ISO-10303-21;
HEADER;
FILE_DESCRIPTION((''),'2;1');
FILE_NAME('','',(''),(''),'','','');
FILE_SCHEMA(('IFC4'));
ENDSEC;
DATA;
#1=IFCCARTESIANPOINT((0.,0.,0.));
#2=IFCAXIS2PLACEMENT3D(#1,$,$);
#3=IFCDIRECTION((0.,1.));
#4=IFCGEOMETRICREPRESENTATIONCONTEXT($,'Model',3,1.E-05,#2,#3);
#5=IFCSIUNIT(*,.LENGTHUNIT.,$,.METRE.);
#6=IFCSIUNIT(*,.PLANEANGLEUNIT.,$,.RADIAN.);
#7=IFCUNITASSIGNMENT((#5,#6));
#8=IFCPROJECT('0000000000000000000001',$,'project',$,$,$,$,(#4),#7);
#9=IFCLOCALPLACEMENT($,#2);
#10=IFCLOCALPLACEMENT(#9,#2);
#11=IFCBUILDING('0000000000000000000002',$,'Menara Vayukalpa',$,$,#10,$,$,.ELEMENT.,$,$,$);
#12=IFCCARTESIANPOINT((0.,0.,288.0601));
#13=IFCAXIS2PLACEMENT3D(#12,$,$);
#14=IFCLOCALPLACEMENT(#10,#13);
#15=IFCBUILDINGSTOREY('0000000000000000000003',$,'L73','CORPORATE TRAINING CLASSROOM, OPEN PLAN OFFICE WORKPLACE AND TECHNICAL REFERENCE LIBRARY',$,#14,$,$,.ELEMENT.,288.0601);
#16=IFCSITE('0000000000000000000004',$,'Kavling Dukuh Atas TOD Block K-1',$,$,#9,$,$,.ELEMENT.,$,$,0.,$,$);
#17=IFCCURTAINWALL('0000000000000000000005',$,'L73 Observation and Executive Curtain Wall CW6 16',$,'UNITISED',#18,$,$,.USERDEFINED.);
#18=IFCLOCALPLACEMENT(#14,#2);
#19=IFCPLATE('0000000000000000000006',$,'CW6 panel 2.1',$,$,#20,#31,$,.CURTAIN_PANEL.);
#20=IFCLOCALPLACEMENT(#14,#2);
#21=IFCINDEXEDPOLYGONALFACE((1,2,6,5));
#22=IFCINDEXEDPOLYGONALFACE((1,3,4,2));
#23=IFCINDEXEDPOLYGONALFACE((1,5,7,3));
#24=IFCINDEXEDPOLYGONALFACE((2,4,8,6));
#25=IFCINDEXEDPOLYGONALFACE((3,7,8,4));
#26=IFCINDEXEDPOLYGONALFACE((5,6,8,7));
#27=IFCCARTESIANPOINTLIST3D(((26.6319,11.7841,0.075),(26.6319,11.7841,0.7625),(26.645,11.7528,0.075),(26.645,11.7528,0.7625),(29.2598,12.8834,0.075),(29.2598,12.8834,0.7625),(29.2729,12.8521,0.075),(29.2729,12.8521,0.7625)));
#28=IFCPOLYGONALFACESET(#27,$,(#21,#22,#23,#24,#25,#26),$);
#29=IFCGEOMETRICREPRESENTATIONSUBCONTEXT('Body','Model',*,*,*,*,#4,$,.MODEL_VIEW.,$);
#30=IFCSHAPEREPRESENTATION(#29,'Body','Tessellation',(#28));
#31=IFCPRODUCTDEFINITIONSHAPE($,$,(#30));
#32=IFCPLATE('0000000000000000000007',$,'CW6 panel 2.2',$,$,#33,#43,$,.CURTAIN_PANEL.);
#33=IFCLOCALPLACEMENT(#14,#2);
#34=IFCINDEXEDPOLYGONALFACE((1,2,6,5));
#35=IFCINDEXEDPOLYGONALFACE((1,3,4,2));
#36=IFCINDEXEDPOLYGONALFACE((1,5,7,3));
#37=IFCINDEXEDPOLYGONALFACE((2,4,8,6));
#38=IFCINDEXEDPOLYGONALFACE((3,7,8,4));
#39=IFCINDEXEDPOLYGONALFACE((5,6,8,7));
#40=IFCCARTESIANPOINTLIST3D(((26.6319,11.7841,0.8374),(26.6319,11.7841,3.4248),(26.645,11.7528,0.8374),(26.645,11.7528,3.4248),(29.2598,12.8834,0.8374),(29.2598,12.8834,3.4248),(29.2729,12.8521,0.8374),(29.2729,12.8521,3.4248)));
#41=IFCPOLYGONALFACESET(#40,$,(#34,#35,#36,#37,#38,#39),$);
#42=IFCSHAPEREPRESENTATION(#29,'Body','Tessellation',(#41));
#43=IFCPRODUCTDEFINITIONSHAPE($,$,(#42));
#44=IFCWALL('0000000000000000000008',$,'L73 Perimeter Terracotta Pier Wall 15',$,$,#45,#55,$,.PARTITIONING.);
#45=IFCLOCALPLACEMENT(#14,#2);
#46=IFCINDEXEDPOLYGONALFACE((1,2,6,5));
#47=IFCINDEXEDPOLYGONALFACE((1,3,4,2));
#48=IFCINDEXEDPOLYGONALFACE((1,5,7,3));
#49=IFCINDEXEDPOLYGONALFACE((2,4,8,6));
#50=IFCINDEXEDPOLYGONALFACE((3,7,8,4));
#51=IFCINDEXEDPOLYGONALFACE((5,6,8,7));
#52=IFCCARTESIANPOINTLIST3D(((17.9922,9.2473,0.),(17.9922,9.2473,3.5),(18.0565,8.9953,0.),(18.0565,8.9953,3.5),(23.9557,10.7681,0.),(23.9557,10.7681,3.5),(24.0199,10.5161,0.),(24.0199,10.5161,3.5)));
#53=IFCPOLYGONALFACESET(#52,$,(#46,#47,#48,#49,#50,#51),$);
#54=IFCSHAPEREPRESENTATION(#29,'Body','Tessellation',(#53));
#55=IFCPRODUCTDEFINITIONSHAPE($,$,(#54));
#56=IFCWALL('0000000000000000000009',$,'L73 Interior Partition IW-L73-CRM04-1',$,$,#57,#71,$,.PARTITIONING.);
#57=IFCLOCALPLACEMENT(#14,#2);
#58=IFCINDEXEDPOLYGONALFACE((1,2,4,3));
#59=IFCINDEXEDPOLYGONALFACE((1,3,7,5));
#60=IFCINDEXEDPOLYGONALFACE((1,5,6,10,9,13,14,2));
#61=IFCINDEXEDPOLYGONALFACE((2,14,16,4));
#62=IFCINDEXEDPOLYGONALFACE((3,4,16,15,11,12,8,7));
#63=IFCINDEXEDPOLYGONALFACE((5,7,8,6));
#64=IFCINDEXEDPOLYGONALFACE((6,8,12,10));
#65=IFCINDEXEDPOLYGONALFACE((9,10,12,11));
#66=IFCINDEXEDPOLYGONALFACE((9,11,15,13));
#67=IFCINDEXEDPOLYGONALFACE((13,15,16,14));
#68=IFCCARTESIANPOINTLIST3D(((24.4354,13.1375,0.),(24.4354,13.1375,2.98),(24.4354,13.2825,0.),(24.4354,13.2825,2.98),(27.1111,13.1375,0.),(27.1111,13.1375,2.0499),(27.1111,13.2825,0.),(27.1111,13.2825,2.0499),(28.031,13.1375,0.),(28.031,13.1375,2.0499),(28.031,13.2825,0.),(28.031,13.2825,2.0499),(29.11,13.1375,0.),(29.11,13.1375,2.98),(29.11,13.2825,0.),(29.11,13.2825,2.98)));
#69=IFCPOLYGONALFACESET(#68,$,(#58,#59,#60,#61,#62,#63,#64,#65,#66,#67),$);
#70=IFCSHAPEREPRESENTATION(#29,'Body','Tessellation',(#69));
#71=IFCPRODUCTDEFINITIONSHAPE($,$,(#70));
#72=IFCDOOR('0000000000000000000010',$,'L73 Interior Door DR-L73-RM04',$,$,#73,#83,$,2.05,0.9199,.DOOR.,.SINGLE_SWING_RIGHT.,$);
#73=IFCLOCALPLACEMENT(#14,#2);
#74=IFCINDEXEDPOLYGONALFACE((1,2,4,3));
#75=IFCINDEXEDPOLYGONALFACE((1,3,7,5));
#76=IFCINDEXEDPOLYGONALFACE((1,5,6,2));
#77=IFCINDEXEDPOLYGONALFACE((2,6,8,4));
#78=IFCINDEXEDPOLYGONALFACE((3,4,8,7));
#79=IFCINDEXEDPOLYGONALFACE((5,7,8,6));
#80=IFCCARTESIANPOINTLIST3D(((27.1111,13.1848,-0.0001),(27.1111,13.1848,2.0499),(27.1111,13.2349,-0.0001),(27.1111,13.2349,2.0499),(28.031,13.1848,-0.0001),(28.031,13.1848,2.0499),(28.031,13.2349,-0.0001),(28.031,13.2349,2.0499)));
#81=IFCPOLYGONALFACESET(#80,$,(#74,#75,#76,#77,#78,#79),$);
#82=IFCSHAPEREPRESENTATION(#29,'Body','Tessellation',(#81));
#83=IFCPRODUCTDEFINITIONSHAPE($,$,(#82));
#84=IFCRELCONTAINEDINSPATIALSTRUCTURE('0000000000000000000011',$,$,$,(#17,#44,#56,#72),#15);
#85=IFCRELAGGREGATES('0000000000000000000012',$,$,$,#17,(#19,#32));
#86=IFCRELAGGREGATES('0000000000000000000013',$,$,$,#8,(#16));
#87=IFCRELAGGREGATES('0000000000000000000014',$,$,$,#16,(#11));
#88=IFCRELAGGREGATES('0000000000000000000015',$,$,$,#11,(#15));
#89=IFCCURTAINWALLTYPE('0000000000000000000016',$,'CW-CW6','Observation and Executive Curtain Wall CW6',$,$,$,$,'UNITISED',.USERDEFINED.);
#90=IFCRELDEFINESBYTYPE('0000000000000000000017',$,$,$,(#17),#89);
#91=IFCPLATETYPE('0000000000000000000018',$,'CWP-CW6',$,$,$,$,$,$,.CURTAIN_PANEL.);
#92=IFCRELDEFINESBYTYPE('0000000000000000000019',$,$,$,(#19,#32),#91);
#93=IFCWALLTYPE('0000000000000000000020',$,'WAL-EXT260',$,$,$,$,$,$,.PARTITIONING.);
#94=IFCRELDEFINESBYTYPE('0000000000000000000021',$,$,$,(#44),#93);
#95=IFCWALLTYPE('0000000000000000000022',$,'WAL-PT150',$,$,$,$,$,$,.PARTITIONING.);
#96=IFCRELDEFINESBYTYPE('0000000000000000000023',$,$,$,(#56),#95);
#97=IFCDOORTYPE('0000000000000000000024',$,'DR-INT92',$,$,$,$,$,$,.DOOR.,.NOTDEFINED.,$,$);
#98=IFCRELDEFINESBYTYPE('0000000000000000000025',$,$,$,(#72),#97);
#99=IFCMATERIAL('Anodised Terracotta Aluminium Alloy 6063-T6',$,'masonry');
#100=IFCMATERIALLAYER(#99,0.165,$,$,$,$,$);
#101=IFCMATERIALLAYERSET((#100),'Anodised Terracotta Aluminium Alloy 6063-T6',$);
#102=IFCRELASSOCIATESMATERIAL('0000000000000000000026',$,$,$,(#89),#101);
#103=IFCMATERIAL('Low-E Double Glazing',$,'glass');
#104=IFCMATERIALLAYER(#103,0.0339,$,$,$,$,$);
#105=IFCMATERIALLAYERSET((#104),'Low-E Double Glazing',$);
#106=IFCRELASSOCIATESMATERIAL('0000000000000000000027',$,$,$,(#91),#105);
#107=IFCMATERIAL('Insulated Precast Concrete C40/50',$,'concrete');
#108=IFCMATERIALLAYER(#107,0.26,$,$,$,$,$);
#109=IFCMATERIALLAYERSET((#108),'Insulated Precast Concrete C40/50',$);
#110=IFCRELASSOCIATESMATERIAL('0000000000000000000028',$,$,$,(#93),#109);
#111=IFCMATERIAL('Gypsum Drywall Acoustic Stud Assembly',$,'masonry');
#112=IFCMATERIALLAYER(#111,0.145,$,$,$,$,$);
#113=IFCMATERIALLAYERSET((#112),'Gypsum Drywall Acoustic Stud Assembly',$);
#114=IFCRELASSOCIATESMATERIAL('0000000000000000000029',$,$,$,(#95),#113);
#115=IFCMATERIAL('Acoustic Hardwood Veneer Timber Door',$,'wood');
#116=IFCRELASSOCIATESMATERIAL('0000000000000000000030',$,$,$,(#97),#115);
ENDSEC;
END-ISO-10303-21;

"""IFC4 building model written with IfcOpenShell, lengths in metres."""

from ifc_helpers import new_model, si_unit, direction, frame, frame_2d, origin, origin_2d, place, context, subcontext, project, spatial, rectangle, extrude, material, layer, layer_set, type_object, element, fill, aggregate, save


model = new_model("IFC4")

# Units and contexts
model_context = context("Model", 3, precision=1e-05, world=origin(), true_north=direction((0.0, 1.0)))
body_context = subcontext(model_context, "Body", "Model", "MODEL_VIEW")
ifc_project = project(units=[si_unit("LENGTHUNIT", "METRE"), si_unit("PLANEANGLEUNIT", "RADIAN")], contexts=[model_context])

# Site, building, storey
site_placement = place(None, origin())
site = spatial("IfcSite", under=ifc_project, at=site_placement, Name="Kavling Dukuh Atas TOD Block K-1", CompositionType="ELEMENT", RefElevation=0.0)
building_placement = place(site_placement, origin())
building = spatial("IfcBuilding", under=site, at=building_placement, Name="Menara Vayukalpa", CompositionType="ELEMENT")
storey_placement = place(building_placement, frame((0.0, 0.0, 288.0601)))
storey = spatial("IfcBuildingStorey", under=building, at=storey_placement, Name="L73", Description="CORPORATE TRAINING CLASSROOM, OPEN PLAN OFFICE WORKPLACE AND TECHNICAL REFERENCE LIBRARY", CompositionType="ELEMENT", Elevation=288.0601)

# Curtain wall, plates
ifc_material_1 = material(Name="Anodised Terracotta Aluminium Alloy 6063-T6", Category="masonry")
ifc_layer_1 = layer(ifc_material_1, 0.165)
ifc_layer_set_1 = layer_set([ifc_layer_1], Name="Anodised Terracotta Aluminium Alloy 6063-T6")
curtain_wall_type = type_object("IfcCurtainWallType", Name="CW-CW6", Description="Observation and Executive Curtain Wall CW6", ElementType="UNITISED", PredefinedType="USERDEFINED", material=ifc_layer_set_1)
curtain_wall_placement = place(storey_placement, origin())
curtain_wall = element("IfcCurtainWall", 1, at=curtain_wall_placement, inside=storey, type_object=curtain_wall_type, Name="L73 Observation and Executive Curtain Wall CW6 16", ObjectType="UNITISED", PredefinedType="USERDEFINED")
ifc_material_2 = material(Name="Low-E Double Glazing", Category="glass")
ifc_layer_2 = layer(ifc_material_2, 0.0339)
ifc_layer_set_2 = layer_set([ifc_layer_2], Name="Low-E Double Glazing")
plate_type = type_object("IfcPlateType", Name="CWP-CW6", PredefinedType="CURTAIN_PANEL", material=ifc_layer_set_2)
plate_1_placement = place(storey_placement, frame((27.9524, 12.3181, 0.075), z_axis=(0.0, 0.0, 1.0), x_axis=(0.922541, 0.3859, 0.0)))
plate_1 = element("IfcPlate", 2, at=plate_1_placement, type_object=plate_type, Name="CW6 panel 2.1", PredefinedType="CURTAIN_PANEL", context=body_context, shape_type="SweptSolid", body=[
    extrude(rectangle(XDim=2.8486, YDim=0.0339, at=origin_2d()), origin(), (0.0, 0.0, 1.0), 0.6875),
])
plate_2_placement = place(storey_placement, frame((27.9524, 12.3181, 0.8374), z_axis=(0.0, 0.0, 1.0), x_axis=(0.922541, 0.3859, 0.0)))
plate_2 = element("IfcPlate", 3, at=plate_2_placement, type_object=plate_type, Name="CW6 panel 2.2", PredefinedType="CURTAIN_PANEL", context=body_context, shape_type="SweptSolid", body=[
    extrude(rectangle(XDim=2.8486, YDim=0.0339, at=origin_2d()), origin(), (0.0, 0.0, 1.0), 2.5874),
])
aggregate(curtain_wall, [plate_1, plate_2])

# Wall
ifc_material_3 = material(Name="Insulated Precast Concrete C40/50", Category="concrete")
ifc_layer_3 = layer(ifc_material_3, 0.26)
ifc_layer_set_3 = layer_set([ifc_layer_3], Name="Insulated Precast Concrete C40/50")
wall_type_1 = type_object("IfcWallType", Name="WAL-EXT260", PredefinedType="PARTITIONING", material=ifc_layer_set_3)
wall_1_placement = place(storey_placement, frame((23.9878, 10.6421, 0.0), z_axis=(0.0, 0.0, 1.0), x_axis=(-0.968988, -0.247107, 0.0)))
element("IfcWall", 4, at=wall_1_placement, inside=storey, type_object=wall_type_1, Name="L73 Perimeter Terracotta Pier Wall 15", PredefinedType="PARTITIONING", context=body_context, shape_type="SweptSolid", body=[
    extrude(rectangle(XDim=6.1543, YDim=0.26, at=frame_2d((3.0771, 0.0))), origin(), (0.0, 0.0, 1.0), 3.5),
])

# Wall, opening, door
ifc_material_4 = material(Name="Gypsum Drywall Acoustic Stud Assembly", Category="masonry")
ifc_layer_4 = layer(ifc_material_4, 0.145)
ifc_layer_set_4 = layer_set([ifc_layer_4], Name="Gypsum Drywall Acoustic Stud Assembly")
wall_type_2 = type_object("IfcWallType", Name="WAL-PT150", PredefinedType="PARTITIONING", material=ifc_layer_set_4)
wall_2_placement = place(storey_placement, frame((24.4353, 13.21, 0.0), z_axis=(0.0, 0.0, 1.0), x_axis=(1.0, 0.0, 0.0)))
wall_2 = element("IfcWall", 5, at=wall_2_placement, inside=storey, type_object=wall_type_2, Name="L73 Interior Partition IW-L73-CRM04-1", PredefinedType="PARTITIONING", context=body_context, shape_type="SweptSolid", body=[
    extrude(rectangle(XDim=4.6746, YDim=0.145, at=frame_2d((2.3374, 0.0))), origin(), (0.0, 0.0, 1.0), 2.98),
])
opening_placement = place(wall_2_placement, frame((2.6758, 0.0, 0.0)))
opening = element("IfcOpeningElement", 6, at=opening_placement, cuts=wall_2, PredefinedType="OPENING", context=body_context, shape_type="SweptSolid", body=[
    extrude(rectangle(XDim=0.9199, YDim=2.05, at=frame_2d((0.46, 1.0249))), frame((0.0, 0.0825, 0.0), z_axis=(0.0, -1.0, 0.0), x_axis=(1.0, 0.0, 0.0)), (0.0, 0.0, 1.0), 0.165),
])
ifc_material_5 = material(Name="Acoustic Hardwood Veneer Timber Door", Category="wood")
door_type = type_object("IfcDoorType", Name="DR-INT92", OperationType="NOTDEFINED", PredefinedType="DOOR", material=ifc_material_5)
door_placement = place(opening_placement, origin())
door = element("IfcDoor", 7, at=door_placement, inside=storey, type_object=door_type, Name="L73 Interior Door DR-L73-RM04", OperationType="SINGLE_SWING_RIGHT", OverallHeight=2.05, OverallWidth=0.9199, PredefinedType="DOOR", context=body_context, shape_type="SweptSolid", body=[
    extrude(rectangle(XDim=0.9199, YDim=2.05, at=frame_2d((0.46, 1.0249))), frame((0.0, 0.0249, 0.0), z_axis=(0.0, -1.0, 0.0), x_axis=(1.0, 0.0, 0.0)), (0.0, 0.0, 1.0), 0.05),
])
fill(opening, door)

save(model, "model.ifc")
